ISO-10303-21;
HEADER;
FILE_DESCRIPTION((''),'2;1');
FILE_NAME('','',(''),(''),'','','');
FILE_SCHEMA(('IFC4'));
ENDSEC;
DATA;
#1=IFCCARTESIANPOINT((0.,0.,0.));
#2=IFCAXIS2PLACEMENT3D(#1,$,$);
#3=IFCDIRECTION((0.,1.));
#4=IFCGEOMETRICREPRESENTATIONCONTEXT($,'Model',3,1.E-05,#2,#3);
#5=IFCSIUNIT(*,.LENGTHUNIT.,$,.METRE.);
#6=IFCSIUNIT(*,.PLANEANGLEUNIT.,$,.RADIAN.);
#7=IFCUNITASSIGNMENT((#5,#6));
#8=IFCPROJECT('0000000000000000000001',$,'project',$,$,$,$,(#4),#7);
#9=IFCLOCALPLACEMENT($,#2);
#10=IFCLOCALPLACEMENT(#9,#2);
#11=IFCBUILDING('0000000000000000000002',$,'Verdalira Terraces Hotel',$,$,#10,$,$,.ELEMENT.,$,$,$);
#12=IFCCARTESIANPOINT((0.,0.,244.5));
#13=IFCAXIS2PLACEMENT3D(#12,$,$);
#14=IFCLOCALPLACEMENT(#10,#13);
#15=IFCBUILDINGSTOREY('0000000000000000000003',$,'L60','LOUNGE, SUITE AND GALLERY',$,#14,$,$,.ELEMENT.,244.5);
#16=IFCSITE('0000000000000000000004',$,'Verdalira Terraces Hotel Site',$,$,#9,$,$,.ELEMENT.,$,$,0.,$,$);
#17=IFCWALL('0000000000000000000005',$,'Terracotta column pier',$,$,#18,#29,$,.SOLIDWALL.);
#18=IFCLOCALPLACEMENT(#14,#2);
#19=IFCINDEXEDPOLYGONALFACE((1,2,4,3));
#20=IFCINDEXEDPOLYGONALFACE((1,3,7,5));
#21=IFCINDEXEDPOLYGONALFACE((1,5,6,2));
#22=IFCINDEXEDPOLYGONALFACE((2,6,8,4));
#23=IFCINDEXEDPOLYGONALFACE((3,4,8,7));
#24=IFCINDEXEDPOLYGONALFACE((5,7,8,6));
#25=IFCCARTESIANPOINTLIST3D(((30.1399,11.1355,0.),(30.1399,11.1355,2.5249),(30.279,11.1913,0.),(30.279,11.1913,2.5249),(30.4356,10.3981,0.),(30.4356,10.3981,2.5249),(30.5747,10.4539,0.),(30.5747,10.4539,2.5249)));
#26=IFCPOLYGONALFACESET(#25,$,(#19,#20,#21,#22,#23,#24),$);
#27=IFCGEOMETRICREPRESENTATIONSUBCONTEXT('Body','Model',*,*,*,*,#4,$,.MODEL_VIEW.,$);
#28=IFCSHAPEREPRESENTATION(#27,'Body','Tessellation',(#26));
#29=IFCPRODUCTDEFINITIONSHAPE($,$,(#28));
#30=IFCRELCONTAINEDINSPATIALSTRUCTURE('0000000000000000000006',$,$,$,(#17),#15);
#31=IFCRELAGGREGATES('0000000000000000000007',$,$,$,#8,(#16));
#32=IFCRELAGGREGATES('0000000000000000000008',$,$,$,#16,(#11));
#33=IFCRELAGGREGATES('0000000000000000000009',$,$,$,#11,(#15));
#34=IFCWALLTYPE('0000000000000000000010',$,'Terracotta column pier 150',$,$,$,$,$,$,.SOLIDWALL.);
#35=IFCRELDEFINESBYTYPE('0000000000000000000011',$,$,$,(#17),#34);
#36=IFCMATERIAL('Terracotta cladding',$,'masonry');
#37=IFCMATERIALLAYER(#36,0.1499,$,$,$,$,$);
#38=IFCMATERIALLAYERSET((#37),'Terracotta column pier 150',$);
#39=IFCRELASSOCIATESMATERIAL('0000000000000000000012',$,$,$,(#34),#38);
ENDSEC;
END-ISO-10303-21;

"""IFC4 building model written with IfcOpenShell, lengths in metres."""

from ifc_helpers import new_model, si_unit, direction, frame, frame_2d, origin, place, context, subcontext, project, spatial, rectangle, extrude, material, layer, layer_set, type_object, element, save


model = new_model("IFC4")

# Units and contexts
model_context = context("Model", 3, precision=1e-05, world=origin(), true_north=direction((0.0, 1.0)))
body_context = subcontext(model_context, "Body", "Model", "MODEL_VIEW")
ifc_project = project(units=[si_unit("LENGTHUNIT", "METRE"), si_unit("PLANEANGLEUNIT", "RADIAN")], contexts=[model_context])

# Site, building, storey
site_placement = place(None, origin())
site = spatial("IfcSite", under=ifc_project, at=site_placement, Name="Verdalira Terraces Hotel Site", CompositionType="ELEMENT", RefElevation=0.0)
building_placement = place(site_placement, origin())
building = spatial("IfcBuilding", under=site, at=building_placement, Name="Verdalira Terraces Hotel", CompositionType="ELEMENT")
storey_placement = place(building_placement, frame((0.0, 0.0, 244.5)))
storey = spatial("IfcBuildingStorey", under=building, at=storey_placement, Name="L60", Description="LOUNGE, SUITE AND GALLERY", CompositionType="ELEMENT", Elevation=244.5)

# Wall
ifc_material_1 = material(Name="Terracotta cladding", Category="masonry")
ifc_layer_1 = layer(ifc_material_1, 0.1499)
ifc_layer_set_1 = layer_set([ifc_layer_1], Name="Terracotta column pier 150")
wall_type_1 = type_object("IfcWallType", Name="Terracotta column pier 150", PredefinedType="SOLIDWALL", material=ifc_layer_set_1)
wall_1_placement = place(storey_placement, frame((30.5051, 10.426, 0.0), z_axis=(0.0, 0.0, 1.0), x_axis=(-0.372185, 0.928158, 0.0)))
element("IfcWall", 1, at=wall_1_placement, inside=storey, type_object=wall_type_1, Name="Terracotta column pier", PredefinedType="SOLIDWALL", context=body_context, shape_type="SweptSolid", body=[
    extrude(rectangle(XDim=0.7944, YDim=0.1499, at=frame_2d((0.3972, 0.0))), origin(), (0.0, 0.0, 1.0), 2.5249),
])

save(model, "model.ifc")
